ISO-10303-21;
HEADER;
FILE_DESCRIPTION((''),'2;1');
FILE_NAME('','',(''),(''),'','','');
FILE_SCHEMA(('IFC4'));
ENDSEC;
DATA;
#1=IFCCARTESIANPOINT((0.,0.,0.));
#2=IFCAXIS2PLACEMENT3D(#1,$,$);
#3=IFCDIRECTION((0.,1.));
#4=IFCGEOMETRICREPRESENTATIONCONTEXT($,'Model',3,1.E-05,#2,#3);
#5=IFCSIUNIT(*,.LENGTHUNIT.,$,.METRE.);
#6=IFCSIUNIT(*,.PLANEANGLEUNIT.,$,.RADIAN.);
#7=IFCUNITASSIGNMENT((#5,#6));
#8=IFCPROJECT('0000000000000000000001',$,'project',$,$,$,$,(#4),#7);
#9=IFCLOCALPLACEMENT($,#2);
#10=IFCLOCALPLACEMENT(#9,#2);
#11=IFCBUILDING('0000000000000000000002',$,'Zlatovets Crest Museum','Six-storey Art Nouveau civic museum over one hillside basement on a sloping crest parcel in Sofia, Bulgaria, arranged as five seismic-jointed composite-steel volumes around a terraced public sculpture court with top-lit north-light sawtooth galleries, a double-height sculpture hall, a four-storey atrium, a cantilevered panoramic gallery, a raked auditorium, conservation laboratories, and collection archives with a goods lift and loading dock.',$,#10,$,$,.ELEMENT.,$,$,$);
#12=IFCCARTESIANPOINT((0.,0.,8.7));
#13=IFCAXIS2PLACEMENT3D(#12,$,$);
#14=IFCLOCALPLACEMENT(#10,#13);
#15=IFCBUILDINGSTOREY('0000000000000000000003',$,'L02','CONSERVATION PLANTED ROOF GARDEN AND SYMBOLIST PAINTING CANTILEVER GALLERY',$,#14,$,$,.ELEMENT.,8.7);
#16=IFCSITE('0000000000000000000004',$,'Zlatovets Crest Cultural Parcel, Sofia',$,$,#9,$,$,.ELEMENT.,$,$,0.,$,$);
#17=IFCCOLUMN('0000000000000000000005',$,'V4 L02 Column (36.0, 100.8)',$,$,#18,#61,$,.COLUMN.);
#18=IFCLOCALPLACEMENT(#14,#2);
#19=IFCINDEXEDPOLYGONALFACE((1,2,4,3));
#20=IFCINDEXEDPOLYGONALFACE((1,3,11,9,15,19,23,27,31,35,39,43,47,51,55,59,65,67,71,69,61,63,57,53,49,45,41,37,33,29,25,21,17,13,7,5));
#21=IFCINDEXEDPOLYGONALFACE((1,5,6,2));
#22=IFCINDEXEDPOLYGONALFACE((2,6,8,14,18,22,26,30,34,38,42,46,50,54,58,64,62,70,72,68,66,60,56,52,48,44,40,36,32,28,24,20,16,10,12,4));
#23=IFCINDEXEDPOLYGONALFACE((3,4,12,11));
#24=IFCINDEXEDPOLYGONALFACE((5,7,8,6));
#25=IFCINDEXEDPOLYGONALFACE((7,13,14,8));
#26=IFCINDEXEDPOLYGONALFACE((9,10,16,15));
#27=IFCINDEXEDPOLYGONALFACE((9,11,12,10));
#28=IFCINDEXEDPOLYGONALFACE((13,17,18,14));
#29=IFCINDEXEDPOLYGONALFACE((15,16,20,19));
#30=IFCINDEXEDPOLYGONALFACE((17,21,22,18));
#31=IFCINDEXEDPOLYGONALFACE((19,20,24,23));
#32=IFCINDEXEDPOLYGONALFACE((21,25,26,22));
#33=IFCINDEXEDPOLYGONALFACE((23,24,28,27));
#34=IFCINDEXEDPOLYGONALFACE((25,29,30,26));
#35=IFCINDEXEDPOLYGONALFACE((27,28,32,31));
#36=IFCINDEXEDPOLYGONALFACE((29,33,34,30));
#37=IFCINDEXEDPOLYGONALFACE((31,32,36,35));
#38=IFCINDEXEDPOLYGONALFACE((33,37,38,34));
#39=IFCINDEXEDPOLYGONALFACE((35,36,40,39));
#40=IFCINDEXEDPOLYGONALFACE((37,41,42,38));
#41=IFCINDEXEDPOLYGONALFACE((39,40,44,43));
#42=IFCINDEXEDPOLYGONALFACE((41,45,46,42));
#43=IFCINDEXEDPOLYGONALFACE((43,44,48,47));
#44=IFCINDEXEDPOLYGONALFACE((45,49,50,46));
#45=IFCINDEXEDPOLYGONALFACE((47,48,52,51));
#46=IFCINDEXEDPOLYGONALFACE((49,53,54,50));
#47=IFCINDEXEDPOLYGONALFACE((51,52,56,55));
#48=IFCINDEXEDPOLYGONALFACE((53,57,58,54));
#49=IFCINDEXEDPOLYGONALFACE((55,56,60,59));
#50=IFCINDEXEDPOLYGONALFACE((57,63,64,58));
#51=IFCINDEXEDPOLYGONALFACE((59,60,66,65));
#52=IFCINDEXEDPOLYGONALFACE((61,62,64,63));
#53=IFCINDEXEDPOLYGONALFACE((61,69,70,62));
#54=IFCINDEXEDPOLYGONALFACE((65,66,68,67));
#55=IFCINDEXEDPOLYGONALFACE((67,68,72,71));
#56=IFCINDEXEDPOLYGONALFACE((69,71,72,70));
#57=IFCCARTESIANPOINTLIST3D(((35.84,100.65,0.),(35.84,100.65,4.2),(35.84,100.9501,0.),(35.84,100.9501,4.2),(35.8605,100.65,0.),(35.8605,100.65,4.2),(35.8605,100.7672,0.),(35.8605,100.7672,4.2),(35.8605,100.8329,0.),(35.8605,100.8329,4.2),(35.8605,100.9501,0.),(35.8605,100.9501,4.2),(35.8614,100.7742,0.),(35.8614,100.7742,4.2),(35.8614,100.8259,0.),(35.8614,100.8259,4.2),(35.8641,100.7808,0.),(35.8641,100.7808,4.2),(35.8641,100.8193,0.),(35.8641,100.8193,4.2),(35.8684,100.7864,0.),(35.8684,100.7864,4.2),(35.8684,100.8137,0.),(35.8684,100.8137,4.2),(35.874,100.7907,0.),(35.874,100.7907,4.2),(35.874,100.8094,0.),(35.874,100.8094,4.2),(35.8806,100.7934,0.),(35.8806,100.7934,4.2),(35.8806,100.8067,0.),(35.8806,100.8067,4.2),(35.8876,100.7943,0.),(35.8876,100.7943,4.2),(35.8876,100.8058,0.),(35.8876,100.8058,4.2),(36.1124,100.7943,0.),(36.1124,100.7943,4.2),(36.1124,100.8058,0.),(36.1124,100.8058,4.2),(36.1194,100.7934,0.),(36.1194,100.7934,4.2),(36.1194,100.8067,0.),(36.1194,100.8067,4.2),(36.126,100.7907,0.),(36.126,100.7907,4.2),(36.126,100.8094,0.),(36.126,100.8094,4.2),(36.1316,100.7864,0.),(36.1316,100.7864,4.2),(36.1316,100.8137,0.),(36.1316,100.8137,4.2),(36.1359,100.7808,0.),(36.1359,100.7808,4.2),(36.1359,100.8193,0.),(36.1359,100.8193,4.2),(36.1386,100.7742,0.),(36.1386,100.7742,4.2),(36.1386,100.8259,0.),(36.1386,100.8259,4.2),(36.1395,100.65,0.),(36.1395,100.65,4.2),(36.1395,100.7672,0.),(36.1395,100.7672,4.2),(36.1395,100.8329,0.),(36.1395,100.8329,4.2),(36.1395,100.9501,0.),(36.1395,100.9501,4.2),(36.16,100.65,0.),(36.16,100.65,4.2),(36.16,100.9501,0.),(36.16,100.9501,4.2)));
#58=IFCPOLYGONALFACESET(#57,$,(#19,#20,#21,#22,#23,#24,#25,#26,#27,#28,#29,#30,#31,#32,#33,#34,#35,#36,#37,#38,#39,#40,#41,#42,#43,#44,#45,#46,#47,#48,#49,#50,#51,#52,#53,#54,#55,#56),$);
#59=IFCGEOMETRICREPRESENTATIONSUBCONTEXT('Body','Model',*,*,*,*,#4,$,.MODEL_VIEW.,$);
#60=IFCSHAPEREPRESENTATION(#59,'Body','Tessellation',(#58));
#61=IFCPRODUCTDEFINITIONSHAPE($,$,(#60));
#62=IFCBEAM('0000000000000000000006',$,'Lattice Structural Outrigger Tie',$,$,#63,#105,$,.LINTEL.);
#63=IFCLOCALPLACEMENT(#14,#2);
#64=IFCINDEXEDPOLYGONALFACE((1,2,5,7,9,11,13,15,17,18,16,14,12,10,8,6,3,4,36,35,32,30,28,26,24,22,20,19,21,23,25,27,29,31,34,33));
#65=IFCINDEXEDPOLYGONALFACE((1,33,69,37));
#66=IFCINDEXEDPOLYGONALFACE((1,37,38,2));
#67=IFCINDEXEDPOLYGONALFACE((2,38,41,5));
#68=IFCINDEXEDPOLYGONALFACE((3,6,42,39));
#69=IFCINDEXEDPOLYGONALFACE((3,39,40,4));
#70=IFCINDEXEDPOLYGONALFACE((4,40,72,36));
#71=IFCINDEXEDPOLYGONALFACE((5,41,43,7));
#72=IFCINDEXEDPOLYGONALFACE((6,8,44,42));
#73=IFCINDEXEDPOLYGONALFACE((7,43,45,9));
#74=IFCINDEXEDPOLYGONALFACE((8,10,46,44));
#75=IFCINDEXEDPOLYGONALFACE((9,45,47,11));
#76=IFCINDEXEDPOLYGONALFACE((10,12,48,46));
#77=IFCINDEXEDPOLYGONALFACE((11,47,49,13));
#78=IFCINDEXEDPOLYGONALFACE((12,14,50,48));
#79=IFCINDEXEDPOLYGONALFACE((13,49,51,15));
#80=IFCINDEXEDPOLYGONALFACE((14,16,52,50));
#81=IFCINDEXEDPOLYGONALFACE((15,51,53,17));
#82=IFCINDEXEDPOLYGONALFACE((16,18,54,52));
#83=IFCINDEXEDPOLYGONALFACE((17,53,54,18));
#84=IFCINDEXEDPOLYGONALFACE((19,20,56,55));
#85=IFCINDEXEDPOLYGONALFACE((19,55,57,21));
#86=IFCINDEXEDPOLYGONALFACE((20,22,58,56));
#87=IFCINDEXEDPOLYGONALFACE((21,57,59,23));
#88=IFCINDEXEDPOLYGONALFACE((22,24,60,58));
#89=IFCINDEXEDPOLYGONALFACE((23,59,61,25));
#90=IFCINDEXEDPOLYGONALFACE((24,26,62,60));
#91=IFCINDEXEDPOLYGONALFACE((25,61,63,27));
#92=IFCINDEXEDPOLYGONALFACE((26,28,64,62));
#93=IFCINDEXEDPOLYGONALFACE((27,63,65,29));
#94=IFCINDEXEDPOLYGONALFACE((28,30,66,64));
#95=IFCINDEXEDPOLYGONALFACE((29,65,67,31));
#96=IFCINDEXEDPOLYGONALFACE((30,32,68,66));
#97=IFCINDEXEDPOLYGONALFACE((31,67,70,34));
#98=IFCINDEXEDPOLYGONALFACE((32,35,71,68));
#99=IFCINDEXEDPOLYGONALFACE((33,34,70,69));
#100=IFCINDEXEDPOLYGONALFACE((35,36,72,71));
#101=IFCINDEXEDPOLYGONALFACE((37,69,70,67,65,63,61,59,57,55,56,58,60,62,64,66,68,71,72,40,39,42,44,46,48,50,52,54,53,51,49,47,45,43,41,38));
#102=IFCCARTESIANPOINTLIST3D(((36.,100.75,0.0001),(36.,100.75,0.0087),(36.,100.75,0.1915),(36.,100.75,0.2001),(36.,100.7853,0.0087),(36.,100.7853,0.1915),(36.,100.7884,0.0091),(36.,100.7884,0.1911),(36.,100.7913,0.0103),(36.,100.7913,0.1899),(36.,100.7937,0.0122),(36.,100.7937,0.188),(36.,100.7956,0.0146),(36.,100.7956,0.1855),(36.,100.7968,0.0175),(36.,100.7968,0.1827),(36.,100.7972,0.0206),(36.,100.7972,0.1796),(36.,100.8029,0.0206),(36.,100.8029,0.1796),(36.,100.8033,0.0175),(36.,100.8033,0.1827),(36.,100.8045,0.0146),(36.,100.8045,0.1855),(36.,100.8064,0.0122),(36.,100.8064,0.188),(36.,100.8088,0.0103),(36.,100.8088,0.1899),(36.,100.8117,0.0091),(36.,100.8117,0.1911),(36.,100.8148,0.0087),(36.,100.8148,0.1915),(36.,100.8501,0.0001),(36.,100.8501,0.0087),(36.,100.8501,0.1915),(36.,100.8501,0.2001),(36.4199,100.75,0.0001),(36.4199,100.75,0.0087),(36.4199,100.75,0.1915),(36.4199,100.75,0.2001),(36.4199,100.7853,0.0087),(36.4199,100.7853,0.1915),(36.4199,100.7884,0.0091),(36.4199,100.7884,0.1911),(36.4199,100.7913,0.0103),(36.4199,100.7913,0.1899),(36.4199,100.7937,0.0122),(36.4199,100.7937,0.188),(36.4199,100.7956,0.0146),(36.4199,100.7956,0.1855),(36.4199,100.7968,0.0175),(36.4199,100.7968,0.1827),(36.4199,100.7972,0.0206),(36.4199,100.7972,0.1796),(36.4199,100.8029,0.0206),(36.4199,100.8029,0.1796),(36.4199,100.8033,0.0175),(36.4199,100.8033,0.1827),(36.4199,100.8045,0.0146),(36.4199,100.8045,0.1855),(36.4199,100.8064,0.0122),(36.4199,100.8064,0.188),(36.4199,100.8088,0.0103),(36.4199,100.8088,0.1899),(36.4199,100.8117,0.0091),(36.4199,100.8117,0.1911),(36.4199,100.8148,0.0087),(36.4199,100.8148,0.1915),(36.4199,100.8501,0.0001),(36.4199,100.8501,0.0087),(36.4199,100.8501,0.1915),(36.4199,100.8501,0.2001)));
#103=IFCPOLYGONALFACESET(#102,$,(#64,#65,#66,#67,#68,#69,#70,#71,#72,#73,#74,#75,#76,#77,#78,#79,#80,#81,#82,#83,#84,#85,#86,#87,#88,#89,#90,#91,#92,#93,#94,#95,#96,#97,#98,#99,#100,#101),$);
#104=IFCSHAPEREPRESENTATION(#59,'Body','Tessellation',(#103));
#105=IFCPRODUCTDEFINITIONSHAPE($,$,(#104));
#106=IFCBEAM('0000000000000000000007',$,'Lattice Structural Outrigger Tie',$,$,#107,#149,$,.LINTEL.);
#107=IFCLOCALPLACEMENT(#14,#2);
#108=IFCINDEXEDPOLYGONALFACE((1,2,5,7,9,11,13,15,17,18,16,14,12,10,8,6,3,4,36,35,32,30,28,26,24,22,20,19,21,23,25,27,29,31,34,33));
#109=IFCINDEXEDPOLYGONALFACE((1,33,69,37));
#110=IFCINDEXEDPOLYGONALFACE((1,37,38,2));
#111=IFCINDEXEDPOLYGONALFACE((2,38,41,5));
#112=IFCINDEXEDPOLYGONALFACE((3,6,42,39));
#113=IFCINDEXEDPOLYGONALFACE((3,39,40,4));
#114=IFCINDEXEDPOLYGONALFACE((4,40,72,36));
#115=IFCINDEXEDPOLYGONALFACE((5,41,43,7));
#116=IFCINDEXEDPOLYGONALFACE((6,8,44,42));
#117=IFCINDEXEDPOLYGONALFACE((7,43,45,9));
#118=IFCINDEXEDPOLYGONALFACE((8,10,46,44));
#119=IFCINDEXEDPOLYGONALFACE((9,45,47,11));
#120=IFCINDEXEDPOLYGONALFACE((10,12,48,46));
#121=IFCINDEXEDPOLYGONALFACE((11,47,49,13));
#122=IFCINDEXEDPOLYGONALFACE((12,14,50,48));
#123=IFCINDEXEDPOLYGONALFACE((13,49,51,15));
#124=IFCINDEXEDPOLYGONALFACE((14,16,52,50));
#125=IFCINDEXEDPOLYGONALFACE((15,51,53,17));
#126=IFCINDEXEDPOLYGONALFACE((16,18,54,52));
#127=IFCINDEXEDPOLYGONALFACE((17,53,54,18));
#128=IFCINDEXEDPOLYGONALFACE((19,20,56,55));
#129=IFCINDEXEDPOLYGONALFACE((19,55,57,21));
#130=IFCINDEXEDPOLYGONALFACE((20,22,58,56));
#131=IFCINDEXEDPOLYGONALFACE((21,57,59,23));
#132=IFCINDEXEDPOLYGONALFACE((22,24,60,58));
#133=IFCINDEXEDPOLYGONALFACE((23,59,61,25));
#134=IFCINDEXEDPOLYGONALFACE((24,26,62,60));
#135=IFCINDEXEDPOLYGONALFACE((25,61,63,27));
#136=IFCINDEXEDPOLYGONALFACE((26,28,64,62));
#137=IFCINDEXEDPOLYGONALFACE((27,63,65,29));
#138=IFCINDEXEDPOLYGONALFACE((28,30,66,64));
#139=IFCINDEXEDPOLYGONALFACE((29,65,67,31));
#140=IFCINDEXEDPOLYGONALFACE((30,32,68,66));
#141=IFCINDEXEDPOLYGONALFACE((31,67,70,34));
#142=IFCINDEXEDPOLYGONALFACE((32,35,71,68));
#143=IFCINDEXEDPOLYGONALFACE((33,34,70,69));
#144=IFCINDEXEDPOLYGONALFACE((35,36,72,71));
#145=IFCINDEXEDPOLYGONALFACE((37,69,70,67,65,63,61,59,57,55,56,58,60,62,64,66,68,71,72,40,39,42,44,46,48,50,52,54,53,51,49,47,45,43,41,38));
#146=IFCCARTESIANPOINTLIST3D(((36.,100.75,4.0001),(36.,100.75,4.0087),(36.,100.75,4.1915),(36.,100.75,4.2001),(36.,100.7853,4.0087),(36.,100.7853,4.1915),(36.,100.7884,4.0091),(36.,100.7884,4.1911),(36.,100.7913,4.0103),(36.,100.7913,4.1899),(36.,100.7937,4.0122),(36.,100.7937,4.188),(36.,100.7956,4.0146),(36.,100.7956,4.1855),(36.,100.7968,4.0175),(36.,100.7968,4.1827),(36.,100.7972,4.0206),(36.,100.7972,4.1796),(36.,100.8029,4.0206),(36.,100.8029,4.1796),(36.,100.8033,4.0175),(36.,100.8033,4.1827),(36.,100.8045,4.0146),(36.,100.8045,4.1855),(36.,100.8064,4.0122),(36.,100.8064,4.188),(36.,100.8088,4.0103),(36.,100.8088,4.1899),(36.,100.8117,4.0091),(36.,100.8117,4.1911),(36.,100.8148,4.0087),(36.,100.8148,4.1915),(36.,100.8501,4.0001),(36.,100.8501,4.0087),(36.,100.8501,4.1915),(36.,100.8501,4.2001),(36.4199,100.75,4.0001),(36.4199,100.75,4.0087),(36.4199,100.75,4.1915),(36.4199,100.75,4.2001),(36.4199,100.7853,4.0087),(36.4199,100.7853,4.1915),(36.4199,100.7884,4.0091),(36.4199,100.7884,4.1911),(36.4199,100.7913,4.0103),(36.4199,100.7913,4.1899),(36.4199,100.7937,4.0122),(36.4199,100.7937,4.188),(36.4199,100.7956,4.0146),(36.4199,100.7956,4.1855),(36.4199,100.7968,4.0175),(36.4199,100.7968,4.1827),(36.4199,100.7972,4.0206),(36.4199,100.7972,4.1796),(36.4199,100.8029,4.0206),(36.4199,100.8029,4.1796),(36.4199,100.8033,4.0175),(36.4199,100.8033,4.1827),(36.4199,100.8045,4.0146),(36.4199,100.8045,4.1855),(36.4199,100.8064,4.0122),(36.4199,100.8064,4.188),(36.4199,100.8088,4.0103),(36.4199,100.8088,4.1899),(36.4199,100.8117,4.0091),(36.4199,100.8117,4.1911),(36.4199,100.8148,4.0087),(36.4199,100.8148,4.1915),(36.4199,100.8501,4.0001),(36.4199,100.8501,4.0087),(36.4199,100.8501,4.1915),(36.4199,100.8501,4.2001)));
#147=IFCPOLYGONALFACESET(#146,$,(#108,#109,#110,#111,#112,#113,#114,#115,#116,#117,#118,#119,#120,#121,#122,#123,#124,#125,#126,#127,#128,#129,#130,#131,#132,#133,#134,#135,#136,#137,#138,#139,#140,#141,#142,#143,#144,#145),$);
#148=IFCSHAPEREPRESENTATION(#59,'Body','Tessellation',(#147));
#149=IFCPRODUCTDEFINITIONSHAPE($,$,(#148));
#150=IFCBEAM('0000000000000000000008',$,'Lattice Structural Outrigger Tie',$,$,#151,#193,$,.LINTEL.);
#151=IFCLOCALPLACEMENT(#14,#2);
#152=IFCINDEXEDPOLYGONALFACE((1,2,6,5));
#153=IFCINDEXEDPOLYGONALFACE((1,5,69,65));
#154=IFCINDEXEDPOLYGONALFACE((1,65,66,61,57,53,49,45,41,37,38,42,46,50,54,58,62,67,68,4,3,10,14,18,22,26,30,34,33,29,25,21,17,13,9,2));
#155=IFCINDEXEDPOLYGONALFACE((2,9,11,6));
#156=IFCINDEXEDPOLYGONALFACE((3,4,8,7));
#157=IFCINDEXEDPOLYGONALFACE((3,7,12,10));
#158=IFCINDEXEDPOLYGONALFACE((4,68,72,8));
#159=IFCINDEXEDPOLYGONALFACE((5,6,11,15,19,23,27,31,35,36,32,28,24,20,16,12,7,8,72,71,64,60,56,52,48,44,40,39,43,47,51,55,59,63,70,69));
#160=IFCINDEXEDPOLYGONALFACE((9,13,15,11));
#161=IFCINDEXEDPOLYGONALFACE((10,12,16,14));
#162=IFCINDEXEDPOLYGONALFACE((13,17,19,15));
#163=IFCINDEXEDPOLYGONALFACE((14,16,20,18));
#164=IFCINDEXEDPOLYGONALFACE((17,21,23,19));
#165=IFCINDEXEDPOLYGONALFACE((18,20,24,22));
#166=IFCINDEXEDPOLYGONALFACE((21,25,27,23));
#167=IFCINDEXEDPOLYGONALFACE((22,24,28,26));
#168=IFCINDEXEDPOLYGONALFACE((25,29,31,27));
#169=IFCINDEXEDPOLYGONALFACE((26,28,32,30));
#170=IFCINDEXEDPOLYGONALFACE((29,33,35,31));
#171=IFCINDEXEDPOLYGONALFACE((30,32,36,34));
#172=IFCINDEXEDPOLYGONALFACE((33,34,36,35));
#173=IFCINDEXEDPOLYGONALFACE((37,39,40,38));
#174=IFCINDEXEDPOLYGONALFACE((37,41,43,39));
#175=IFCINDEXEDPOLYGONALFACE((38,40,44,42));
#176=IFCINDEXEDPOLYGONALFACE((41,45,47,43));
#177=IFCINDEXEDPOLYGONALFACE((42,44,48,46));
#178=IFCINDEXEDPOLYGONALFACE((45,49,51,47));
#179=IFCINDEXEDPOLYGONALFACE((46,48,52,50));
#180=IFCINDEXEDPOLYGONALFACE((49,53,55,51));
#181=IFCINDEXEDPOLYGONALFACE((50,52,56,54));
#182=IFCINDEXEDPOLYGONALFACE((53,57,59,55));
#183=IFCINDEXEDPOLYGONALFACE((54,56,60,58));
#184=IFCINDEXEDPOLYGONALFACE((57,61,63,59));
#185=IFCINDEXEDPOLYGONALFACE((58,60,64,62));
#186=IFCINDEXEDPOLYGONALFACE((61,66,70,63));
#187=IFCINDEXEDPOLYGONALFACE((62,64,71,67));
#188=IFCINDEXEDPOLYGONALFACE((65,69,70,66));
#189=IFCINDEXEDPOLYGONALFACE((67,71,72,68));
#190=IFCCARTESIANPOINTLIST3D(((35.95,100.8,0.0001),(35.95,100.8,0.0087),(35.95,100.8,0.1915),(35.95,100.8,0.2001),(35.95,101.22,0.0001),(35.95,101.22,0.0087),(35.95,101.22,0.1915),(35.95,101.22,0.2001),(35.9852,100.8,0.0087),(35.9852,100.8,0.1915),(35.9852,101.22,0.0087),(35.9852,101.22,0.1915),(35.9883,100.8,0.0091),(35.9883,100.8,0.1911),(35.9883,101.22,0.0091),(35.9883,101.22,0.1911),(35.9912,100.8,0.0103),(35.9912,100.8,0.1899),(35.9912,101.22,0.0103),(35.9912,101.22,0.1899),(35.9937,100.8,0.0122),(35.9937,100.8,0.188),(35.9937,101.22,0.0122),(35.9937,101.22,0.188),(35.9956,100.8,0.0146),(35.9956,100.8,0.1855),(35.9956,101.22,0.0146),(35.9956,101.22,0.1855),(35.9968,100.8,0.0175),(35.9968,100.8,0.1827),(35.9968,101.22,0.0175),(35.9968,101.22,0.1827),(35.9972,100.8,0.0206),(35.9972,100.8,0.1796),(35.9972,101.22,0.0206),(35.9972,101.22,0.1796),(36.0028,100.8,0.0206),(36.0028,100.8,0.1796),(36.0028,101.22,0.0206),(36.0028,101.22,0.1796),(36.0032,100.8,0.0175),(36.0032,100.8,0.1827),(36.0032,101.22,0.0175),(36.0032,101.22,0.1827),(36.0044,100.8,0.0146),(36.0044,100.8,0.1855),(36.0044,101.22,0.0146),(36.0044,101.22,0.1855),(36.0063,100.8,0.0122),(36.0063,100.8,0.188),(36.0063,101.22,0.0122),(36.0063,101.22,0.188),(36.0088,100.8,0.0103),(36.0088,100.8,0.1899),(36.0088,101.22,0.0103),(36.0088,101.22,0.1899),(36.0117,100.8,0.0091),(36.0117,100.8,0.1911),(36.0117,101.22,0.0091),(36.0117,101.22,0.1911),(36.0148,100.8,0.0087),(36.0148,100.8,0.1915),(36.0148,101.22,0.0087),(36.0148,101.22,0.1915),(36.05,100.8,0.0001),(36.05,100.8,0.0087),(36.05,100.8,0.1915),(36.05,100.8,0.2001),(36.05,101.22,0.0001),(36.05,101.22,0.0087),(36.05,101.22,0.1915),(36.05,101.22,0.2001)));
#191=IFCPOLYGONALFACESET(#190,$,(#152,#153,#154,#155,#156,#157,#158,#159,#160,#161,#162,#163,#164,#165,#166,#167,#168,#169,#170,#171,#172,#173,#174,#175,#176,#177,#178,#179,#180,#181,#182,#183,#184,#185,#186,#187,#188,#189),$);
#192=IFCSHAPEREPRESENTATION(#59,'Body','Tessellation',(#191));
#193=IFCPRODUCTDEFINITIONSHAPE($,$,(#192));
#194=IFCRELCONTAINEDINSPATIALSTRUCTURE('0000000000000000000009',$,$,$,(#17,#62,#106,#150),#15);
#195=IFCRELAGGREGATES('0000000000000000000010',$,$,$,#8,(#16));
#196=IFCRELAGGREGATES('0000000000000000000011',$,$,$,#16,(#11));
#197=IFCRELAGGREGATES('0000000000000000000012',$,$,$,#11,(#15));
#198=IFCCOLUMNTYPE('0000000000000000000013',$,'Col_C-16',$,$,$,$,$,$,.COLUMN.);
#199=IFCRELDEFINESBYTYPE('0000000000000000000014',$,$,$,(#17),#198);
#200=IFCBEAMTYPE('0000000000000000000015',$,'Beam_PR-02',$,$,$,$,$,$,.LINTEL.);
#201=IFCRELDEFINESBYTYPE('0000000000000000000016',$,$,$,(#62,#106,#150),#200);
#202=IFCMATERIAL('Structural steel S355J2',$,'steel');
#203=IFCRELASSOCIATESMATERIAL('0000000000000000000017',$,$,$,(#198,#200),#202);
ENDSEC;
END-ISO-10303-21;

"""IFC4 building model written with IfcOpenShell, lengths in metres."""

from ifc_helpers import new_model, si_unit, direction, frame, origin, origin_2d, place, context, subcontext, project, spatial, i_section, extrude, material, material_profile, profile_set, type_object, element, save


model = new_model("IFC4")

# Units and contexts
model_context = context("Model", 3, precision=1e-05, world=origin(), true_north=direction((0.0, 1.0)))
body_context = subcontext(model_context, "Body", "Model", "MODEL_VIEW")
ifc_project = project(units=[si_unit("LENGTHUNIT", "METRE"), si_unit("PLANEANGLEUNIT", "RADIAN")], contexts=[model_context])

# Site, building, storey
site_placement = place(None, origin())
site = spatial("IfcSite", under=ifc_project, at=site_placement, Name="Zlatovets Crest Cultural Parcel, Sofia", CompositionType="ELEMENT", RefElevation=0.0)
building_placement = place(site_placement, origin())
building = spatial("IfcBuilding", under=site, at=building_placement, Name="Zlatovets Crest Museum", Description="Six-storey Art Nouveau civic museum over one hillside basement on a sloping crest parcel in Sofia, Bulgaria, arranged as five seismic-jointed composite-steel volumes around a terraced public sculpture court with top-lit north-light sawtooth galleries, a double-height sculpture hall, a four-storey atrium, a cantilevered panoramic gallery, a raked auditorium, conservation laboratories, and collection archives with a goods lift and loading dock.", CompositionType="ELEMENT")
storey_placement = place(building_placement, frame((0.0, 0.0, 8.7)))
storey = spatial("IfcBuildingStorey", under=building, at=storey_placement, Name="L02", Description="CONSERVATION PLANTED ROOF GARDEN AND SYMBOLIST PAINTING CANTILEVER GALLERY", CompositionType="ELEMENT", Elevation=8.7)

# Column
ifc_material_1 = material(Name="Structural steel S355J2", Category="steel")
ifc_material_profile_1 = material_profile(ifc_material_1, i_section(OverallWidth=0.3, OverallDepth=0.3201, WebThickness=0.0115, FlangeThickness=0.0205, FilletRadius=0.0271, at=origin_2d()), Name="HEB 320")
ifc_profile_set_1 = profile_set([ifc_material_profile_1], Name="Structural steel S355J2")
column_type = type_object("IfcColumnType", Name="Col_C-16", PredefinedType="COLUMN", material=ifc_profile_set_1)
column_placement = place(storey_placement, frame((36.0, 100.8, 0.0), z_axis=(0.0, 0.0, 1.0), x_axis=(0.0, 1.0, 0.0)))
element("IfcColumn", 1, at=column_placement, inside=storey, type_object=column_type, Name="V4 L02 Column (36.0, 100.8)", PredefinedType="COLUMN", context=body_context, shape_type="SweptSolid", body=[
    extrude(i_section(OverallWidth=0.3, OverallDepth=0.3201, WebThickness=0.0115, FlangeThickness=0.0205, FilletRadius=0.0271, at=origin_2d()), origin(), (0.0, 0.0, 1.0), 4.2),
])

# Beams
ifc_material_profile_2 = material_profile(ifc_material_1, i_section(OverallWidth=0.1001, OverallDepth=0.2, WebThickness=0.0056, FlangeThickness=0.0085, FilletRadius=0.012, at=origin_2d()), Name="IPE 200")
ifc_profile_set_2 = profile_set([ifc_material_profile_2], Name="Structural steel S355J2")
beam_type = type_object("IfcBeamType", Name="Beam_PR-02", PredefinedType="LINTEL", material=ifc_profile_set_2)
for number, where, z_axis, x_axis, name in (
    (2, (36.0, 100.8, 0.1001), (1.0, 0.0, 0.0), (0.0, 1.0, 0.0), "Lattice Structural Outrigger Tie"),
    (3, (36.0, 100.8, 4.1001), (1.0, 0.0, 0.0), (0.0, 1.0, 0.0), "Lattice Structural Outrigger Tie"),
    (4, (36.0, 100.8, 0.1001), (0.0, 1.0, 0.0), (-1.0, 0.0, 0.0), "Lattice Structural Outrigger Tie"),
):
    element("IfcBeam", number, at=place(storey_placement, frame(where, z_axis=z_axis, x_axis=x_axis)), inside=storey, type_object=beam_type, Name=name, PredefinedType="LINTEL", context=body_context, shape_type="SweptSolid", body=[
        extrude(i_section(OverallWidth=0.1001, OverallDepth=0.2, WebThickness=0.0056, FlangeThickness=0.0085, FilletRadius=0.012, at=origin_2d()), origin(), (0.0, 0.0, 1.0), 0.4199),
    ])

save(model, "model.ifc")
